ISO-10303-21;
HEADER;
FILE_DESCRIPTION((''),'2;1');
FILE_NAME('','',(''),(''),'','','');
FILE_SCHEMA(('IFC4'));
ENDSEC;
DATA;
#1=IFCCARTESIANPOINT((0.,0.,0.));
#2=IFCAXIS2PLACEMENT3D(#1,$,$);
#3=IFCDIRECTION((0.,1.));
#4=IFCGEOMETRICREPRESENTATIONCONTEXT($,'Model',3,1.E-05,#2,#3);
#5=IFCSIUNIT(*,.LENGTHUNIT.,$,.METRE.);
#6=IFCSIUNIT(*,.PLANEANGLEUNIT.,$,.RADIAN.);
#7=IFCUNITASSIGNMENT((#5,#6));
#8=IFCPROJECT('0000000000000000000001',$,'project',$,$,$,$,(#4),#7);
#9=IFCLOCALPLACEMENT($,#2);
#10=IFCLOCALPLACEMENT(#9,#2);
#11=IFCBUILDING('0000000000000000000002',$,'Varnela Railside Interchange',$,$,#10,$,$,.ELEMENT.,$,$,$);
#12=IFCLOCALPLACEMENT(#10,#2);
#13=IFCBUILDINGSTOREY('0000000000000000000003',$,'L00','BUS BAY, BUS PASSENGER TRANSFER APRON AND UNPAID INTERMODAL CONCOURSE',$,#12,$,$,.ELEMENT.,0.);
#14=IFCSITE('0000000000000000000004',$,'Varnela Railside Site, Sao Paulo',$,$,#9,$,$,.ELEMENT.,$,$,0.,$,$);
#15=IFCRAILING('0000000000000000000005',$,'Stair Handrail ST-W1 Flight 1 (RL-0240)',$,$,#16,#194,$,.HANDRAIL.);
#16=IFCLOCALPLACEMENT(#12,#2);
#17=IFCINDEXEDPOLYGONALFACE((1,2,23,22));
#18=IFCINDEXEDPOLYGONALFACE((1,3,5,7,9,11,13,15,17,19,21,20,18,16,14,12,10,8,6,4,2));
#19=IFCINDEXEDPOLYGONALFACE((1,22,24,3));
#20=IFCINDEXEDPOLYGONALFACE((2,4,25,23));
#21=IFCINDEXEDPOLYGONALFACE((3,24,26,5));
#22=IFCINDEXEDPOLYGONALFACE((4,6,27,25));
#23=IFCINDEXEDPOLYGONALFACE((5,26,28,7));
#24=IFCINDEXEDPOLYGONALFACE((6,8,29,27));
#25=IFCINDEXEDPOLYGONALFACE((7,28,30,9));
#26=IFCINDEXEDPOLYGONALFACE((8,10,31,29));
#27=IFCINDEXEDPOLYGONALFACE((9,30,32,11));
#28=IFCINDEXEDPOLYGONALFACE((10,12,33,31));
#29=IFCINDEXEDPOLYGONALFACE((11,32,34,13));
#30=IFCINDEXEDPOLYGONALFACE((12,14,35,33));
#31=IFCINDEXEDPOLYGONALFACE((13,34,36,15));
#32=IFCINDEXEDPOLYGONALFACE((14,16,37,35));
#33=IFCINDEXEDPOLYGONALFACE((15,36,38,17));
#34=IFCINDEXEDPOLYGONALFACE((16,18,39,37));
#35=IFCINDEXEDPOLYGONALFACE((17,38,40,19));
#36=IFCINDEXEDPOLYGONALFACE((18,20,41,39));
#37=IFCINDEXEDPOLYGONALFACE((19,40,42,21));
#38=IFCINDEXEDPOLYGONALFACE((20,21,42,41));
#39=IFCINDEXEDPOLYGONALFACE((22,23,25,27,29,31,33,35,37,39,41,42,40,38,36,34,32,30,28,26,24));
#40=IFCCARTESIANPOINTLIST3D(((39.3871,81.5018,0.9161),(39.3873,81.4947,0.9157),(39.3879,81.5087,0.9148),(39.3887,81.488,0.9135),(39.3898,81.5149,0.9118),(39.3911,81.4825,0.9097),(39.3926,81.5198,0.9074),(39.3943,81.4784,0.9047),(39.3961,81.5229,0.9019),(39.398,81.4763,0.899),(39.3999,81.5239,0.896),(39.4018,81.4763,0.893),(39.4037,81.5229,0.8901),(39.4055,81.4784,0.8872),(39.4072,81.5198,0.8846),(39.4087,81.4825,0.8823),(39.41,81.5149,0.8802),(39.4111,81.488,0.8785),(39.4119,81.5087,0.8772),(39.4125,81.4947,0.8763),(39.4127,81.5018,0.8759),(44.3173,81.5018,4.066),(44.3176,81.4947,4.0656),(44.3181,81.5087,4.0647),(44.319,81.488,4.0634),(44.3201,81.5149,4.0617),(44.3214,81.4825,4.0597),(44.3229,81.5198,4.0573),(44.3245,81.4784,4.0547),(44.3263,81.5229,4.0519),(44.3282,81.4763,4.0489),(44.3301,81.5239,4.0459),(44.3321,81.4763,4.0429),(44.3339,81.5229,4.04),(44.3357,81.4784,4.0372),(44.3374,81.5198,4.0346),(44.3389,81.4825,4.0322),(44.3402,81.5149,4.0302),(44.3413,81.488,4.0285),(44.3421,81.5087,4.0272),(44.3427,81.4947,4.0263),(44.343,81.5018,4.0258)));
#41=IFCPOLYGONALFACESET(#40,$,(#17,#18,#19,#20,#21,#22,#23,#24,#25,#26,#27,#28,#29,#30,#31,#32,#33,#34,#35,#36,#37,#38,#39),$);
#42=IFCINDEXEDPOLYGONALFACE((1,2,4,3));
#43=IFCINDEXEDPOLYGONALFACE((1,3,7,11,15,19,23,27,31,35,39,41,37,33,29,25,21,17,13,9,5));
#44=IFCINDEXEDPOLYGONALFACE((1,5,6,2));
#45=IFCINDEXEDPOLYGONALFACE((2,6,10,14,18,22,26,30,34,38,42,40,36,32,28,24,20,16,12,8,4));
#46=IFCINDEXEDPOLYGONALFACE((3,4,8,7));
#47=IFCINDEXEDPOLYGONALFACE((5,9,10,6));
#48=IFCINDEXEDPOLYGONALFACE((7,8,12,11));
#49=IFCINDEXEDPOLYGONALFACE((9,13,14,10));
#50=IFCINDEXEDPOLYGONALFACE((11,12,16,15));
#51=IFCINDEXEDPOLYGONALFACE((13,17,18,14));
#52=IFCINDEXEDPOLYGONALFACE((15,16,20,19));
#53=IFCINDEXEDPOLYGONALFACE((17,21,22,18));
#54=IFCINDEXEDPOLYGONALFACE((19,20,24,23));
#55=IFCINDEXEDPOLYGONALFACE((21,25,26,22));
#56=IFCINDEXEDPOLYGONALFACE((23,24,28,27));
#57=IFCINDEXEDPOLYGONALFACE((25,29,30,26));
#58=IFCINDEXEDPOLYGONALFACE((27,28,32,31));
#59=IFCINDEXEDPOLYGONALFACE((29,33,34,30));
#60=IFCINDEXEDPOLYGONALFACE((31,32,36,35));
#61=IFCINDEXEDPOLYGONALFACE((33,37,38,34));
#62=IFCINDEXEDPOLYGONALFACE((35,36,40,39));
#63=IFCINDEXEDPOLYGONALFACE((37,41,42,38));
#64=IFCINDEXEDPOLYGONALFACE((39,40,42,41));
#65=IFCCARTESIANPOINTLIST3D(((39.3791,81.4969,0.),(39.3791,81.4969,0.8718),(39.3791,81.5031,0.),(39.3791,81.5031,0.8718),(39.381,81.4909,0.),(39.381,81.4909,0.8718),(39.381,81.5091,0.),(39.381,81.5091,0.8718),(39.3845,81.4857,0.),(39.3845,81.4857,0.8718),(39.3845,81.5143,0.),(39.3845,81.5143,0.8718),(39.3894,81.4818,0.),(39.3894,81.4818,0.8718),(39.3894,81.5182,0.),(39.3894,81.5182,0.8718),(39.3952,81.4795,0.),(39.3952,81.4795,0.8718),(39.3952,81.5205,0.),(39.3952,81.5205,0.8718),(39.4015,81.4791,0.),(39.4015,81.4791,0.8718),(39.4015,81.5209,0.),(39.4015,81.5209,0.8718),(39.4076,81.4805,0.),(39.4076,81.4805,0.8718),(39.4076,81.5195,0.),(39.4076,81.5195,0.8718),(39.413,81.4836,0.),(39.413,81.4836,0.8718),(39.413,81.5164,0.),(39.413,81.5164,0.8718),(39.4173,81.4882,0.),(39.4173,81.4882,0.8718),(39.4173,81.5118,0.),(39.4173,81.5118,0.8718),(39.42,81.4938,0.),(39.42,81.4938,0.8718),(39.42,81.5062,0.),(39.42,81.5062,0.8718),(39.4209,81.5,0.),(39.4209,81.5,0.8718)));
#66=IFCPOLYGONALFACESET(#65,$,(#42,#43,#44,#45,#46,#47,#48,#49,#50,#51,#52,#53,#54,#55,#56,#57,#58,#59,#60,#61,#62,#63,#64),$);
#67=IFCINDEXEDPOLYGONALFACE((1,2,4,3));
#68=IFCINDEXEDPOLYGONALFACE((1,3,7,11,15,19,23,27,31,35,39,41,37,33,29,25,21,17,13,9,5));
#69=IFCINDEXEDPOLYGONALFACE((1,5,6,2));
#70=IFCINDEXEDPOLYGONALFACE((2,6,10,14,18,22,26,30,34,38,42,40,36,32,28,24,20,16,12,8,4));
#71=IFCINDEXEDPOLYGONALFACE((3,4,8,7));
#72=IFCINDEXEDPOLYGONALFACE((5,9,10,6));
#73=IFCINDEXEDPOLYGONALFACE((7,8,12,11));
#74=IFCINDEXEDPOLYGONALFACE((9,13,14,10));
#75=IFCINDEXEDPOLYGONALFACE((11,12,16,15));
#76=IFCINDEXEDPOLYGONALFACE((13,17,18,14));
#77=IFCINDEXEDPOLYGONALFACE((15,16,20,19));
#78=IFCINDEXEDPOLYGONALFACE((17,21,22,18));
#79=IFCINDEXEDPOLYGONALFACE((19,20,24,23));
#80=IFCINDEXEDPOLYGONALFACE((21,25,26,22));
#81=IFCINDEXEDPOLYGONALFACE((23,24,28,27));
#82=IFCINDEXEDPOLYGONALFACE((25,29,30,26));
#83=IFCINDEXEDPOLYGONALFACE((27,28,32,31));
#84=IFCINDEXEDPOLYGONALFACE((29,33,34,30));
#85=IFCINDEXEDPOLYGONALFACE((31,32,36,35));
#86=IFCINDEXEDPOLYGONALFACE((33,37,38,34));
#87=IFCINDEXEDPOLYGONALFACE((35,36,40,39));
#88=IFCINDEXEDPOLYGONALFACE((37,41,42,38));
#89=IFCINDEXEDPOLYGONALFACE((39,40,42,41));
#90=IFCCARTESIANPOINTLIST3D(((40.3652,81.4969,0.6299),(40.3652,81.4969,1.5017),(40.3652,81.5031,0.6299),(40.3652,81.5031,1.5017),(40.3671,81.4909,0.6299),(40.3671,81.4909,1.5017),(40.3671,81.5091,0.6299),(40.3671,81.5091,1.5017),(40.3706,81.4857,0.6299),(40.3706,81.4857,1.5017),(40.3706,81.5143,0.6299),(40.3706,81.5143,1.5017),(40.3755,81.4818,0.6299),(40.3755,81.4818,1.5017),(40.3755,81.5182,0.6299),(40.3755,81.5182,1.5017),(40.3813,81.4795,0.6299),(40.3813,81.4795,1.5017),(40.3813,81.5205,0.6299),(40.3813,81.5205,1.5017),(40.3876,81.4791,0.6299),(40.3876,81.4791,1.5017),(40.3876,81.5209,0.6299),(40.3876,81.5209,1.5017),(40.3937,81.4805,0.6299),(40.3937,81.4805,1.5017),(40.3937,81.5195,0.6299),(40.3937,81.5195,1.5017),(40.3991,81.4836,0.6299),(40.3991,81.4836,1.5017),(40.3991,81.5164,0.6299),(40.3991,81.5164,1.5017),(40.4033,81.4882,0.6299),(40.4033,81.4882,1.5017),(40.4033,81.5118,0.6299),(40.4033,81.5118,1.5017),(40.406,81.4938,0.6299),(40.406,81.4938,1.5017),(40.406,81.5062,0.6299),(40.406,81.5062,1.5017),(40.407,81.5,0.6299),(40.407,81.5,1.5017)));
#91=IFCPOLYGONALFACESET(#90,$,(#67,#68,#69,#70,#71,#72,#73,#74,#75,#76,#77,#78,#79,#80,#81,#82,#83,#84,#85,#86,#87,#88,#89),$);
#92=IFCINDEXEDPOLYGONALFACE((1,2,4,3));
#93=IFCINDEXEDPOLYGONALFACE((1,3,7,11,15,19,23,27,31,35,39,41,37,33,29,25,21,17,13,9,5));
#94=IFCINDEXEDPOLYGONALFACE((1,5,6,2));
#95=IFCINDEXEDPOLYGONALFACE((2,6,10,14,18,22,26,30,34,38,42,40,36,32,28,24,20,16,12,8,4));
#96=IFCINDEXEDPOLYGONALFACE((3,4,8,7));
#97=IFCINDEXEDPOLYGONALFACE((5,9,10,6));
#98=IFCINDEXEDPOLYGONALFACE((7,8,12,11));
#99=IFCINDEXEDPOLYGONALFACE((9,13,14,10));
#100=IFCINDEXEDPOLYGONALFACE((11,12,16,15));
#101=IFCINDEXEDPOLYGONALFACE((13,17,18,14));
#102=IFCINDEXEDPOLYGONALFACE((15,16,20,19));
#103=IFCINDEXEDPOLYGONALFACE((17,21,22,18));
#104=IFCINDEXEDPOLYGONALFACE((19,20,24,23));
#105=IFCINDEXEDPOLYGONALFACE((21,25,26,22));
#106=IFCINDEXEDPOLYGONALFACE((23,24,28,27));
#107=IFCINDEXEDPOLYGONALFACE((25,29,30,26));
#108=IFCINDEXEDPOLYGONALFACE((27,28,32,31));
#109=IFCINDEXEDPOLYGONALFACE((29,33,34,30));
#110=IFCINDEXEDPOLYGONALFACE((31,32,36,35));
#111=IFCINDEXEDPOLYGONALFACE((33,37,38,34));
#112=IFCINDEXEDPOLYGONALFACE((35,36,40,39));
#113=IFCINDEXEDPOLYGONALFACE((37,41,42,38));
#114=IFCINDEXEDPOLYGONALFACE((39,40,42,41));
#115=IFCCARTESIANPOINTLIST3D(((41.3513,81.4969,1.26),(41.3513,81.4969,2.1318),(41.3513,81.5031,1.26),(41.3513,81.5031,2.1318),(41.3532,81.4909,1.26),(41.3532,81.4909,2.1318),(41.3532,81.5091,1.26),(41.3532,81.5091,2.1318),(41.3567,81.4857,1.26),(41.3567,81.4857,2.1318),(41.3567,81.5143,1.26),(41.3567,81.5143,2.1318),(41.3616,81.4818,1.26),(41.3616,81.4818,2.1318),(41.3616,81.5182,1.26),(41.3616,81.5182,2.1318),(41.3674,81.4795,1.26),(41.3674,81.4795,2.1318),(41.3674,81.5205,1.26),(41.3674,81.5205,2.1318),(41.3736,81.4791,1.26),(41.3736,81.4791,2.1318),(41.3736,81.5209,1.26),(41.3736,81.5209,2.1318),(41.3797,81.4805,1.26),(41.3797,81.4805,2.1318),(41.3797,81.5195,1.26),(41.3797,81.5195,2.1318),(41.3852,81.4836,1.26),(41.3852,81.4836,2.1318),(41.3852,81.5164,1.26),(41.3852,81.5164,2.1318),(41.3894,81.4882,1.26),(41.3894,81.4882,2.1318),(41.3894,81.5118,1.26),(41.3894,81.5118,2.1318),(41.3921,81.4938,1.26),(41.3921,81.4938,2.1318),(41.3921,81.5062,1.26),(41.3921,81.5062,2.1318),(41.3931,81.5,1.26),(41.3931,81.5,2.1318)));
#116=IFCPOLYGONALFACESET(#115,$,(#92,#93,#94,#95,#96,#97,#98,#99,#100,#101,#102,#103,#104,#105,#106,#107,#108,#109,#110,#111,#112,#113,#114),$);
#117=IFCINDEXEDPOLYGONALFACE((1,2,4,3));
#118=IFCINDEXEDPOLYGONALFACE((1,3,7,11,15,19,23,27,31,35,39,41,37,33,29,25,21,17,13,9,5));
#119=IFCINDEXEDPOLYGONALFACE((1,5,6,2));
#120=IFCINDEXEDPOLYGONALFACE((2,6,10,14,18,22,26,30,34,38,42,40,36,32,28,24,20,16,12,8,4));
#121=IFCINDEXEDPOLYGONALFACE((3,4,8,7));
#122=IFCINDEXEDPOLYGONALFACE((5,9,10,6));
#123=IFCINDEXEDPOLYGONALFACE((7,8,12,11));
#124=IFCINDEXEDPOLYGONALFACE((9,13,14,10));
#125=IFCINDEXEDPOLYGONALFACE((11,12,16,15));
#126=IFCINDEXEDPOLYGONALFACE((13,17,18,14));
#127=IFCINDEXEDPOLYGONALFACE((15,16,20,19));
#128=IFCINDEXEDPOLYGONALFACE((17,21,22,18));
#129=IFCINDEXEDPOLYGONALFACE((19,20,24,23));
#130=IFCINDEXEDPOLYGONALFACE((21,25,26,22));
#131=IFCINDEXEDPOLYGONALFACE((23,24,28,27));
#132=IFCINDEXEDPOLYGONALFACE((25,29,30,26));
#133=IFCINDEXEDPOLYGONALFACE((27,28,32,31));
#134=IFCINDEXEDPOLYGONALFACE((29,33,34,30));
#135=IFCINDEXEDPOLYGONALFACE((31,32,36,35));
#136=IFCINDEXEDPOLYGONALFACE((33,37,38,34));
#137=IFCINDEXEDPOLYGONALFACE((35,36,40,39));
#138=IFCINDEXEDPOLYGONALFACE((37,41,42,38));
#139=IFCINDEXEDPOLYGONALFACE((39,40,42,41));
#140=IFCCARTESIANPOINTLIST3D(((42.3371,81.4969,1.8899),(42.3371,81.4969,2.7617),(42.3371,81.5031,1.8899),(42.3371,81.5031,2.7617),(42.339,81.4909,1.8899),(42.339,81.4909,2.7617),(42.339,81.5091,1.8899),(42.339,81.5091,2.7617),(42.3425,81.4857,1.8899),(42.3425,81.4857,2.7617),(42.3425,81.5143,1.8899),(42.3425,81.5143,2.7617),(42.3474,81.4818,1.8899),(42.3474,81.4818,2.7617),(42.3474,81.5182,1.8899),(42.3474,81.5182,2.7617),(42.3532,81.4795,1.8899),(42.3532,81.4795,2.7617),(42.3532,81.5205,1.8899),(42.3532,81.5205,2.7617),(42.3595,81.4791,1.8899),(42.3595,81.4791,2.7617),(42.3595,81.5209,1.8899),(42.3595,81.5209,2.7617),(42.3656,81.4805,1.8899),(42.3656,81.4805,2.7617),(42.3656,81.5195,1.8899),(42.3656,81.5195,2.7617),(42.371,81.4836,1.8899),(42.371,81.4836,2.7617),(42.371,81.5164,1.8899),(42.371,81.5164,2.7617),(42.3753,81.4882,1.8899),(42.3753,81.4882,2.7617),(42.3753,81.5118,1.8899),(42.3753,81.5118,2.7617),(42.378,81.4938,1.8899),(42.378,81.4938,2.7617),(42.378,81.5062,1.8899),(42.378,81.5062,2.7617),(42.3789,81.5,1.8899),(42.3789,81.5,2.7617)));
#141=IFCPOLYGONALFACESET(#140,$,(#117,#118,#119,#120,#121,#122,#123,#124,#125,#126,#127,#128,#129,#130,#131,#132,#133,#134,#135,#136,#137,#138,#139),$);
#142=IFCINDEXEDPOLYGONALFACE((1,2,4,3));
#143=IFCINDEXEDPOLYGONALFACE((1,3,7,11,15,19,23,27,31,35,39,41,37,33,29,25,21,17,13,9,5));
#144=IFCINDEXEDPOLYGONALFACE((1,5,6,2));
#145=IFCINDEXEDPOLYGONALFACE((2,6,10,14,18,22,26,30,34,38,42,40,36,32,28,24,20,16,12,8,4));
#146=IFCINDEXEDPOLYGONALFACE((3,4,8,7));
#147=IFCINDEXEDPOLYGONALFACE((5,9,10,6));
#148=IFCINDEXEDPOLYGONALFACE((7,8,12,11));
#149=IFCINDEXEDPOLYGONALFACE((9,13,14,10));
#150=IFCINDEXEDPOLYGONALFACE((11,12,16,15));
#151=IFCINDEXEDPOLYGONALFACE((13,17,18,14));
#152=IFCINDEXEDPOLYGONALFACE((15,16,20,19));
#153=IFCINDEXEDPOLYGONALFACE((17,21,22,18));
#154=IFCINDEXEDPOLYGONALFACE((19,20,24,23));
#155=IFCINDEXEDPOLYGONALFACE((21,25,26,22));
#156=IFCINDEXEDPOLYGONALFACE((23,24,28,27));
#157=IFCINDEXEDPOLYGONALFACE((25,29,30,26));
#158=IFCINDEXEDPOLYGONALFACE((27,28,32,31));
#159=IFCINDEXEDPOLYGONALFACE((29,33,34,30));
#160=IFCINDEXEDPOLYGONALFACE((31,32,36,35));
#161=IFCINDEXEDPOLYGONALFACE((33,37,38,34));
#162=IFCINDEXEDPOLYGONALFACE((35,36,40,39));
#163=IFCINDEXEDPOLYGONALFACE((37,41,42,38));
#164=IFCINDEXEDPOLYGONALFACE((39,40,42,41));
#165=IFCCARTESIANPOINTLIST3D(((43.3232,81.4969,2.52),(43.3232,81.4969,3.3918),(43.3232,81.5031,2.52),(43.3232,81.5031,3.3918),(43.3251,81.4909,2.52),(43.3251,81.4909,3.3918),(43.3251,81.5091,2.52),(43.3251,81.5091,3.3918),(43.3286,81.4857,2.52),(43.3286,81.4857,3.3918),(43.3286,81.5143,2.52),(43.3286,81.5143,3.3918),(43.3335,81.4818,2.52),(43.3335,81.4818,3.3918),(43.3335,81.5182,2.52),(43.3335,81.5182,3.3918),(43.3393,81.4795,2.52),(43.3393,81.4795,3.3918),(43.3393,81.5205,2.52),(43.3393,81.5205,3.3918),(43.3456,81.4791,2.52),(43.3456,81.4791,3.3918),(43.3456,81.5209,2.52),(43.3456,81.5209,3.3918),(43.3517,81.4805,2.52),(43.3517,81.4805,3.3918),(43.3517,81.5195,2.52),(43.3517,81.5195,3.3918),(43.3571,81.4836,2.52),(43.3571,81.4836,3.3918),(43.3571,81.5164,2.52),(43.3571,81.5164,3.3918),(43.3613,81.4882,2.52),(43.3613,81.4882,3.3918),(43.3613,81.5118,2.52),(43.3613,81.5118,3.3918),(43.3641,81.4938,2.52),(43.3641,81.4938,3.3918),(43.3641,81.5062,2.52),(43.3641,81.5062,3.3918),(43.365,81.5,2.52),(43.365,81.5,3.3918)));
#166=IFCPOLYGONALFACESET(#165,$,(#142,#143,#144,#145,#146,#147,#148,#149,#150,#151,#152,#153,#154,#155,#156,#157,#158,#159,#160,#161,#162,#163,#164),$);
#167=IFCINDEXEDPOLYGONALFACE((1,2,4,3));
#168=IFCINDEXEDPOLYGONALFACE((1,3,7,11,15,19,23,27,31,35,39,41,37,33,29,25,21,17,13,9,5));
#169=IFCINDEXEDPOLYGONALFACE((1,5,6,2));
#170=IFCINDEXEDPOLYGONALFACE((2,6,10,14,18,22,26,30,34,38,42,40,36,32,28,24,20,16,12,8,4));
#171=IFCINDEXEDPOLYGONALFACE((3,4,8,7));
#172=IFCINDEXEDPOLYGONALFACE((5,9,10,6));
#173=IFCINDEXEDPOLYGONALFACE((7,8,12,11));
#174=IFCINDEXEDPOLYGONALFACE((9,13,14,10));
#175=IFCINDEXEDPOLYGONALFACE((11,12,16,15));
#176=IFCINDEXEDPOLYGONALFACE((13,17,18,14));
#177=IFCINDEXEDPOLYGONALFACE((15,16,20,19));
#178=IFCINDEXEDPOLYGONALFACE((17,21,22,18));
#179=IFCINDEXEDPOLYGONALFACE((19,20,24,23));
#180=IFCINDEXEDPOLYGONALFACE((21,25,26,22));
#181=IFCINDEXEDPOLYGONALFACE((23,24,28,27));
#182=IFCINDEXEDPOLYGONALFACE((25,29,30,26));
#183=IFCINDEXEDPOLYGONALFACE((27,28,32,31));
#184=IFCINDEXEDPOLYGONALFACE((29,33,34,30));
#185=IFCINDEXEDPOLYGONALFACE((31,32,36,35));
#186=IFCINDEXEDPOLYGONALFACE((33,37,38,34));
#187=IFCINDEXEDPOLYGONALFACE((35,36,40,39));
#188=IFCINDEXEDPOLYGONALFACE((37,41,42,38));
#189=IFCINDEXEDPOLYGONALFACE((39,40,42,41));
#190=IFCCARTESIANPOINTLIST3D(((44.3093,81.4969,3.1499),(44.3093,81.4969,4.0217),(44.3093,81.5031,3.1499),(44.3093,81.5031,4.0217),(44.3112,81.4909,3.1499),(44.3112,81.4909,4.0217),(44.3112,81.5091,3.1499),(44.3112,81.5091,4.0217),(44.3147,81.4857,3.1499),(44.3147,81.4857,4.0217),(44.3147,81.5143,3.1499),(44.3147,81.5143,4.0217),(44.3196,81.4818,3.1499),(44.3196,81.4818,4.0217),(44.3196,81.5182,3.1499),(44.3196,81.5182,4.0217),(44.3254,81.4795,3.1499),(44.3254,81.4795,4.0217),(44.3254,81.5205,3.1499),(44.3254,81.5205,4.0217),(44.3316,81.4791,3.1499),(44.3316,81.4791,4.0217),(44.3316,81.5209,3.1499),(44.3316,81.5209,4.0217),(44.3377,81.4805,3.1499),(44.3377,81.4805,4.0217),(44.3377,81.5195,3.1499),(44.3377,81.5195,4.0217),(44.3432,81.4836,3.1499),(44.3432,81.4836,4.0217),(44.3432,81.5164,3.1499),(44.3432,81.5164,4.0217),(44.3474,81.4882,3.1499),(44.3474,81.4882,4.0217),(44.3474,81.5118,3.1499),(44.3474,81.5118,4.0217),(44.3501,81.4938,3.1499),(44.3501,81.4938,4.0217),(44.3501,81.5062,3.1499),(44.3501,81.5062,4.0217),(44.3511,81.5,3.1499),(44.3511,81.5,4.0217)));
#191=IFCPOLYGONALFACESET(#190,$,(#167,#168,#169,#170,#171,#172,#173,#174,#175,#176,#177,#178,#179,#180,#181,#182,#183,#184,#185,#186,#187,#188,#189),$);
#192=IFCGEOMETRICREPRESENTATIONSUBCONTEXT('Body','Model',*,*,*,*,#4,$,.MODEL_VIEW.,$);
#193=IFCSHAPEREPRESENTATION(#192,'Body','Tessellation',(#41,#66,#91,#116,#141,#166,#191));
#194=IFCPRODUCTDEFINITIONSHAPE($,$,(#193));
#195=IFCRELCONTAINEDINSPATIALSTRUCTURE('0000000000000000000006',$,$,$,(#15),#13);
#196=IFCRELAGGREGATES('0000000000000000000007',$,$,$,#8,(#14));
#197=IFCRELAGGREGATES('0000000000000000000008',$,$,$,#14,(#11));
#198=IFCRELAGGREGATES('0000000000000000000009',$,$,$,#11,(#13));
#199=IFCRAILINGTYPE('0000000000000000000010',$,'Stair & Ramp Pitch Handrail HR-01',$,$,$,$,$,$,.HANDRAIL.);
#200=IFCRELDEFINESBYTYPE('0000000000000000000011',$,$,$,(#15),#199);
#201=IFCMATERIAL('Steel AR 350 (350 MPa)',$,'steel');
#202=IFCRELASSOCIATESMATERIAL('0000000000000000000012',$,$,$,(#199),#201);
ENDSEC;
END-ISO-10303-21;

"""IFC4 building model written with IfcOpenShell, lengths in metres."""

from ifc_helpers import new_model, si_unit, direction, frame, origin, origin_2d, place, context, subcontext, project, spatial, circle, extrude, material, type_object, element, save


model = new_model("IFC4")

# Units and contexts
model_context = context("Model", 3, precision=1e-05, world=origin(), true_north=direction((0.0, 1.0)))
body_context = subcontext(model_context, "Body", "Model", "MODEL_VIEW")
ifc_project = project(units=[si_unit("LENGTHUNIT", "METRE"), si_unit("PLANEANGLEUNIT", "RADIAN")], contexts=[model_context])

# Site, building, storey
site_placement = place(None, origin())
site = spatial("IfcSite", under=ifc_project, at=site_placement, Name="Varnela Railside Site, Sao Paulo", CompositionType="ELEMENT", RefElevation=0.0)
building_placement = place(site_placement, origin())
building = spatial("IfcBuilding", under=site, at=building_placement, Name="Varnela Railside Interchange", CompositionType="ELEMENT")
storey_placement = place(building_placement, origin())
storey = spatial("IfcBuildingStorey", under=building, at=storey_placement, Name="L00", Description="BUS BAY, BUS PASSENGER TRANSFER APRON AND UNPAID INTERMODAL CONCOURSE", CompositionType="ELEMENT", Elevation=0.0)

# Shared definitions
ifc_material_1 = material(Name="Steel AR 350 (350 MPa)", Category="steel")

# Railing
railing_type_1 = type_object("IfcRailingType", Name="Stair & Ramp Pitch Handrail HR-01", PredefinedType="HANDRAIL", material=ifc_material_1)
railing_1_placement = place(storey_placement, frame((39.3999, 81.5, 0.0)))
element("IfcRailing", 1, at=railing_1_placement, inside=storey, type_object=railing_type_1, Name="Stair Handrail ST-W1 Flight 1 (RL-0240)", PredefinedType="HANDRAIL", context=body_context, shape_type="SweptSolid", body=[
    extrude(circle(Radius=0.0239, at=origin_2d()), frame((0.0, 0.0, 0.896), z_axis=(0.842691, 0.0, 0.538398), x_axis=(0.0, 1.0, 0.0)), (0.0, 0.0, 1.0), 5.8506),
    extrude(circle(Radius=0.021, at=origin_2d()), origin(), (0.0, 0.0, 1.0), 0.8718),
    extrude(circle(Radius=0.021, at=origin_2d()), frame((0.9861, 0.0, 0.6299)), (0.0, 0.0, 1.0), 0.8718),
    extrude(circle(Radius=0.021, at=origin_2d()), frame((1.9722, 0.0, 1.26)), (0.0, 0.0, 1.0), 0.8718),
    extrude(circle(Radius=0.021, at=origin_2d()), frame((2.958, 0.0, 1.8899)), (0.0, 0.0, 1.0), 0.8718),
    extrude(circle(Radius=0.021, at=origin_2d()), frame((3.9441, 0.0, 2.52)), (0.0, 0.0, 1.0), 0.8718),
    extrude(circle(Radius=0.021, at=origin_2d()), frame((4.9302, 0.0, 3.1499)), (0.0, 0.0, 1.0), 0.8718),
])

save(model, "model.ifc")
